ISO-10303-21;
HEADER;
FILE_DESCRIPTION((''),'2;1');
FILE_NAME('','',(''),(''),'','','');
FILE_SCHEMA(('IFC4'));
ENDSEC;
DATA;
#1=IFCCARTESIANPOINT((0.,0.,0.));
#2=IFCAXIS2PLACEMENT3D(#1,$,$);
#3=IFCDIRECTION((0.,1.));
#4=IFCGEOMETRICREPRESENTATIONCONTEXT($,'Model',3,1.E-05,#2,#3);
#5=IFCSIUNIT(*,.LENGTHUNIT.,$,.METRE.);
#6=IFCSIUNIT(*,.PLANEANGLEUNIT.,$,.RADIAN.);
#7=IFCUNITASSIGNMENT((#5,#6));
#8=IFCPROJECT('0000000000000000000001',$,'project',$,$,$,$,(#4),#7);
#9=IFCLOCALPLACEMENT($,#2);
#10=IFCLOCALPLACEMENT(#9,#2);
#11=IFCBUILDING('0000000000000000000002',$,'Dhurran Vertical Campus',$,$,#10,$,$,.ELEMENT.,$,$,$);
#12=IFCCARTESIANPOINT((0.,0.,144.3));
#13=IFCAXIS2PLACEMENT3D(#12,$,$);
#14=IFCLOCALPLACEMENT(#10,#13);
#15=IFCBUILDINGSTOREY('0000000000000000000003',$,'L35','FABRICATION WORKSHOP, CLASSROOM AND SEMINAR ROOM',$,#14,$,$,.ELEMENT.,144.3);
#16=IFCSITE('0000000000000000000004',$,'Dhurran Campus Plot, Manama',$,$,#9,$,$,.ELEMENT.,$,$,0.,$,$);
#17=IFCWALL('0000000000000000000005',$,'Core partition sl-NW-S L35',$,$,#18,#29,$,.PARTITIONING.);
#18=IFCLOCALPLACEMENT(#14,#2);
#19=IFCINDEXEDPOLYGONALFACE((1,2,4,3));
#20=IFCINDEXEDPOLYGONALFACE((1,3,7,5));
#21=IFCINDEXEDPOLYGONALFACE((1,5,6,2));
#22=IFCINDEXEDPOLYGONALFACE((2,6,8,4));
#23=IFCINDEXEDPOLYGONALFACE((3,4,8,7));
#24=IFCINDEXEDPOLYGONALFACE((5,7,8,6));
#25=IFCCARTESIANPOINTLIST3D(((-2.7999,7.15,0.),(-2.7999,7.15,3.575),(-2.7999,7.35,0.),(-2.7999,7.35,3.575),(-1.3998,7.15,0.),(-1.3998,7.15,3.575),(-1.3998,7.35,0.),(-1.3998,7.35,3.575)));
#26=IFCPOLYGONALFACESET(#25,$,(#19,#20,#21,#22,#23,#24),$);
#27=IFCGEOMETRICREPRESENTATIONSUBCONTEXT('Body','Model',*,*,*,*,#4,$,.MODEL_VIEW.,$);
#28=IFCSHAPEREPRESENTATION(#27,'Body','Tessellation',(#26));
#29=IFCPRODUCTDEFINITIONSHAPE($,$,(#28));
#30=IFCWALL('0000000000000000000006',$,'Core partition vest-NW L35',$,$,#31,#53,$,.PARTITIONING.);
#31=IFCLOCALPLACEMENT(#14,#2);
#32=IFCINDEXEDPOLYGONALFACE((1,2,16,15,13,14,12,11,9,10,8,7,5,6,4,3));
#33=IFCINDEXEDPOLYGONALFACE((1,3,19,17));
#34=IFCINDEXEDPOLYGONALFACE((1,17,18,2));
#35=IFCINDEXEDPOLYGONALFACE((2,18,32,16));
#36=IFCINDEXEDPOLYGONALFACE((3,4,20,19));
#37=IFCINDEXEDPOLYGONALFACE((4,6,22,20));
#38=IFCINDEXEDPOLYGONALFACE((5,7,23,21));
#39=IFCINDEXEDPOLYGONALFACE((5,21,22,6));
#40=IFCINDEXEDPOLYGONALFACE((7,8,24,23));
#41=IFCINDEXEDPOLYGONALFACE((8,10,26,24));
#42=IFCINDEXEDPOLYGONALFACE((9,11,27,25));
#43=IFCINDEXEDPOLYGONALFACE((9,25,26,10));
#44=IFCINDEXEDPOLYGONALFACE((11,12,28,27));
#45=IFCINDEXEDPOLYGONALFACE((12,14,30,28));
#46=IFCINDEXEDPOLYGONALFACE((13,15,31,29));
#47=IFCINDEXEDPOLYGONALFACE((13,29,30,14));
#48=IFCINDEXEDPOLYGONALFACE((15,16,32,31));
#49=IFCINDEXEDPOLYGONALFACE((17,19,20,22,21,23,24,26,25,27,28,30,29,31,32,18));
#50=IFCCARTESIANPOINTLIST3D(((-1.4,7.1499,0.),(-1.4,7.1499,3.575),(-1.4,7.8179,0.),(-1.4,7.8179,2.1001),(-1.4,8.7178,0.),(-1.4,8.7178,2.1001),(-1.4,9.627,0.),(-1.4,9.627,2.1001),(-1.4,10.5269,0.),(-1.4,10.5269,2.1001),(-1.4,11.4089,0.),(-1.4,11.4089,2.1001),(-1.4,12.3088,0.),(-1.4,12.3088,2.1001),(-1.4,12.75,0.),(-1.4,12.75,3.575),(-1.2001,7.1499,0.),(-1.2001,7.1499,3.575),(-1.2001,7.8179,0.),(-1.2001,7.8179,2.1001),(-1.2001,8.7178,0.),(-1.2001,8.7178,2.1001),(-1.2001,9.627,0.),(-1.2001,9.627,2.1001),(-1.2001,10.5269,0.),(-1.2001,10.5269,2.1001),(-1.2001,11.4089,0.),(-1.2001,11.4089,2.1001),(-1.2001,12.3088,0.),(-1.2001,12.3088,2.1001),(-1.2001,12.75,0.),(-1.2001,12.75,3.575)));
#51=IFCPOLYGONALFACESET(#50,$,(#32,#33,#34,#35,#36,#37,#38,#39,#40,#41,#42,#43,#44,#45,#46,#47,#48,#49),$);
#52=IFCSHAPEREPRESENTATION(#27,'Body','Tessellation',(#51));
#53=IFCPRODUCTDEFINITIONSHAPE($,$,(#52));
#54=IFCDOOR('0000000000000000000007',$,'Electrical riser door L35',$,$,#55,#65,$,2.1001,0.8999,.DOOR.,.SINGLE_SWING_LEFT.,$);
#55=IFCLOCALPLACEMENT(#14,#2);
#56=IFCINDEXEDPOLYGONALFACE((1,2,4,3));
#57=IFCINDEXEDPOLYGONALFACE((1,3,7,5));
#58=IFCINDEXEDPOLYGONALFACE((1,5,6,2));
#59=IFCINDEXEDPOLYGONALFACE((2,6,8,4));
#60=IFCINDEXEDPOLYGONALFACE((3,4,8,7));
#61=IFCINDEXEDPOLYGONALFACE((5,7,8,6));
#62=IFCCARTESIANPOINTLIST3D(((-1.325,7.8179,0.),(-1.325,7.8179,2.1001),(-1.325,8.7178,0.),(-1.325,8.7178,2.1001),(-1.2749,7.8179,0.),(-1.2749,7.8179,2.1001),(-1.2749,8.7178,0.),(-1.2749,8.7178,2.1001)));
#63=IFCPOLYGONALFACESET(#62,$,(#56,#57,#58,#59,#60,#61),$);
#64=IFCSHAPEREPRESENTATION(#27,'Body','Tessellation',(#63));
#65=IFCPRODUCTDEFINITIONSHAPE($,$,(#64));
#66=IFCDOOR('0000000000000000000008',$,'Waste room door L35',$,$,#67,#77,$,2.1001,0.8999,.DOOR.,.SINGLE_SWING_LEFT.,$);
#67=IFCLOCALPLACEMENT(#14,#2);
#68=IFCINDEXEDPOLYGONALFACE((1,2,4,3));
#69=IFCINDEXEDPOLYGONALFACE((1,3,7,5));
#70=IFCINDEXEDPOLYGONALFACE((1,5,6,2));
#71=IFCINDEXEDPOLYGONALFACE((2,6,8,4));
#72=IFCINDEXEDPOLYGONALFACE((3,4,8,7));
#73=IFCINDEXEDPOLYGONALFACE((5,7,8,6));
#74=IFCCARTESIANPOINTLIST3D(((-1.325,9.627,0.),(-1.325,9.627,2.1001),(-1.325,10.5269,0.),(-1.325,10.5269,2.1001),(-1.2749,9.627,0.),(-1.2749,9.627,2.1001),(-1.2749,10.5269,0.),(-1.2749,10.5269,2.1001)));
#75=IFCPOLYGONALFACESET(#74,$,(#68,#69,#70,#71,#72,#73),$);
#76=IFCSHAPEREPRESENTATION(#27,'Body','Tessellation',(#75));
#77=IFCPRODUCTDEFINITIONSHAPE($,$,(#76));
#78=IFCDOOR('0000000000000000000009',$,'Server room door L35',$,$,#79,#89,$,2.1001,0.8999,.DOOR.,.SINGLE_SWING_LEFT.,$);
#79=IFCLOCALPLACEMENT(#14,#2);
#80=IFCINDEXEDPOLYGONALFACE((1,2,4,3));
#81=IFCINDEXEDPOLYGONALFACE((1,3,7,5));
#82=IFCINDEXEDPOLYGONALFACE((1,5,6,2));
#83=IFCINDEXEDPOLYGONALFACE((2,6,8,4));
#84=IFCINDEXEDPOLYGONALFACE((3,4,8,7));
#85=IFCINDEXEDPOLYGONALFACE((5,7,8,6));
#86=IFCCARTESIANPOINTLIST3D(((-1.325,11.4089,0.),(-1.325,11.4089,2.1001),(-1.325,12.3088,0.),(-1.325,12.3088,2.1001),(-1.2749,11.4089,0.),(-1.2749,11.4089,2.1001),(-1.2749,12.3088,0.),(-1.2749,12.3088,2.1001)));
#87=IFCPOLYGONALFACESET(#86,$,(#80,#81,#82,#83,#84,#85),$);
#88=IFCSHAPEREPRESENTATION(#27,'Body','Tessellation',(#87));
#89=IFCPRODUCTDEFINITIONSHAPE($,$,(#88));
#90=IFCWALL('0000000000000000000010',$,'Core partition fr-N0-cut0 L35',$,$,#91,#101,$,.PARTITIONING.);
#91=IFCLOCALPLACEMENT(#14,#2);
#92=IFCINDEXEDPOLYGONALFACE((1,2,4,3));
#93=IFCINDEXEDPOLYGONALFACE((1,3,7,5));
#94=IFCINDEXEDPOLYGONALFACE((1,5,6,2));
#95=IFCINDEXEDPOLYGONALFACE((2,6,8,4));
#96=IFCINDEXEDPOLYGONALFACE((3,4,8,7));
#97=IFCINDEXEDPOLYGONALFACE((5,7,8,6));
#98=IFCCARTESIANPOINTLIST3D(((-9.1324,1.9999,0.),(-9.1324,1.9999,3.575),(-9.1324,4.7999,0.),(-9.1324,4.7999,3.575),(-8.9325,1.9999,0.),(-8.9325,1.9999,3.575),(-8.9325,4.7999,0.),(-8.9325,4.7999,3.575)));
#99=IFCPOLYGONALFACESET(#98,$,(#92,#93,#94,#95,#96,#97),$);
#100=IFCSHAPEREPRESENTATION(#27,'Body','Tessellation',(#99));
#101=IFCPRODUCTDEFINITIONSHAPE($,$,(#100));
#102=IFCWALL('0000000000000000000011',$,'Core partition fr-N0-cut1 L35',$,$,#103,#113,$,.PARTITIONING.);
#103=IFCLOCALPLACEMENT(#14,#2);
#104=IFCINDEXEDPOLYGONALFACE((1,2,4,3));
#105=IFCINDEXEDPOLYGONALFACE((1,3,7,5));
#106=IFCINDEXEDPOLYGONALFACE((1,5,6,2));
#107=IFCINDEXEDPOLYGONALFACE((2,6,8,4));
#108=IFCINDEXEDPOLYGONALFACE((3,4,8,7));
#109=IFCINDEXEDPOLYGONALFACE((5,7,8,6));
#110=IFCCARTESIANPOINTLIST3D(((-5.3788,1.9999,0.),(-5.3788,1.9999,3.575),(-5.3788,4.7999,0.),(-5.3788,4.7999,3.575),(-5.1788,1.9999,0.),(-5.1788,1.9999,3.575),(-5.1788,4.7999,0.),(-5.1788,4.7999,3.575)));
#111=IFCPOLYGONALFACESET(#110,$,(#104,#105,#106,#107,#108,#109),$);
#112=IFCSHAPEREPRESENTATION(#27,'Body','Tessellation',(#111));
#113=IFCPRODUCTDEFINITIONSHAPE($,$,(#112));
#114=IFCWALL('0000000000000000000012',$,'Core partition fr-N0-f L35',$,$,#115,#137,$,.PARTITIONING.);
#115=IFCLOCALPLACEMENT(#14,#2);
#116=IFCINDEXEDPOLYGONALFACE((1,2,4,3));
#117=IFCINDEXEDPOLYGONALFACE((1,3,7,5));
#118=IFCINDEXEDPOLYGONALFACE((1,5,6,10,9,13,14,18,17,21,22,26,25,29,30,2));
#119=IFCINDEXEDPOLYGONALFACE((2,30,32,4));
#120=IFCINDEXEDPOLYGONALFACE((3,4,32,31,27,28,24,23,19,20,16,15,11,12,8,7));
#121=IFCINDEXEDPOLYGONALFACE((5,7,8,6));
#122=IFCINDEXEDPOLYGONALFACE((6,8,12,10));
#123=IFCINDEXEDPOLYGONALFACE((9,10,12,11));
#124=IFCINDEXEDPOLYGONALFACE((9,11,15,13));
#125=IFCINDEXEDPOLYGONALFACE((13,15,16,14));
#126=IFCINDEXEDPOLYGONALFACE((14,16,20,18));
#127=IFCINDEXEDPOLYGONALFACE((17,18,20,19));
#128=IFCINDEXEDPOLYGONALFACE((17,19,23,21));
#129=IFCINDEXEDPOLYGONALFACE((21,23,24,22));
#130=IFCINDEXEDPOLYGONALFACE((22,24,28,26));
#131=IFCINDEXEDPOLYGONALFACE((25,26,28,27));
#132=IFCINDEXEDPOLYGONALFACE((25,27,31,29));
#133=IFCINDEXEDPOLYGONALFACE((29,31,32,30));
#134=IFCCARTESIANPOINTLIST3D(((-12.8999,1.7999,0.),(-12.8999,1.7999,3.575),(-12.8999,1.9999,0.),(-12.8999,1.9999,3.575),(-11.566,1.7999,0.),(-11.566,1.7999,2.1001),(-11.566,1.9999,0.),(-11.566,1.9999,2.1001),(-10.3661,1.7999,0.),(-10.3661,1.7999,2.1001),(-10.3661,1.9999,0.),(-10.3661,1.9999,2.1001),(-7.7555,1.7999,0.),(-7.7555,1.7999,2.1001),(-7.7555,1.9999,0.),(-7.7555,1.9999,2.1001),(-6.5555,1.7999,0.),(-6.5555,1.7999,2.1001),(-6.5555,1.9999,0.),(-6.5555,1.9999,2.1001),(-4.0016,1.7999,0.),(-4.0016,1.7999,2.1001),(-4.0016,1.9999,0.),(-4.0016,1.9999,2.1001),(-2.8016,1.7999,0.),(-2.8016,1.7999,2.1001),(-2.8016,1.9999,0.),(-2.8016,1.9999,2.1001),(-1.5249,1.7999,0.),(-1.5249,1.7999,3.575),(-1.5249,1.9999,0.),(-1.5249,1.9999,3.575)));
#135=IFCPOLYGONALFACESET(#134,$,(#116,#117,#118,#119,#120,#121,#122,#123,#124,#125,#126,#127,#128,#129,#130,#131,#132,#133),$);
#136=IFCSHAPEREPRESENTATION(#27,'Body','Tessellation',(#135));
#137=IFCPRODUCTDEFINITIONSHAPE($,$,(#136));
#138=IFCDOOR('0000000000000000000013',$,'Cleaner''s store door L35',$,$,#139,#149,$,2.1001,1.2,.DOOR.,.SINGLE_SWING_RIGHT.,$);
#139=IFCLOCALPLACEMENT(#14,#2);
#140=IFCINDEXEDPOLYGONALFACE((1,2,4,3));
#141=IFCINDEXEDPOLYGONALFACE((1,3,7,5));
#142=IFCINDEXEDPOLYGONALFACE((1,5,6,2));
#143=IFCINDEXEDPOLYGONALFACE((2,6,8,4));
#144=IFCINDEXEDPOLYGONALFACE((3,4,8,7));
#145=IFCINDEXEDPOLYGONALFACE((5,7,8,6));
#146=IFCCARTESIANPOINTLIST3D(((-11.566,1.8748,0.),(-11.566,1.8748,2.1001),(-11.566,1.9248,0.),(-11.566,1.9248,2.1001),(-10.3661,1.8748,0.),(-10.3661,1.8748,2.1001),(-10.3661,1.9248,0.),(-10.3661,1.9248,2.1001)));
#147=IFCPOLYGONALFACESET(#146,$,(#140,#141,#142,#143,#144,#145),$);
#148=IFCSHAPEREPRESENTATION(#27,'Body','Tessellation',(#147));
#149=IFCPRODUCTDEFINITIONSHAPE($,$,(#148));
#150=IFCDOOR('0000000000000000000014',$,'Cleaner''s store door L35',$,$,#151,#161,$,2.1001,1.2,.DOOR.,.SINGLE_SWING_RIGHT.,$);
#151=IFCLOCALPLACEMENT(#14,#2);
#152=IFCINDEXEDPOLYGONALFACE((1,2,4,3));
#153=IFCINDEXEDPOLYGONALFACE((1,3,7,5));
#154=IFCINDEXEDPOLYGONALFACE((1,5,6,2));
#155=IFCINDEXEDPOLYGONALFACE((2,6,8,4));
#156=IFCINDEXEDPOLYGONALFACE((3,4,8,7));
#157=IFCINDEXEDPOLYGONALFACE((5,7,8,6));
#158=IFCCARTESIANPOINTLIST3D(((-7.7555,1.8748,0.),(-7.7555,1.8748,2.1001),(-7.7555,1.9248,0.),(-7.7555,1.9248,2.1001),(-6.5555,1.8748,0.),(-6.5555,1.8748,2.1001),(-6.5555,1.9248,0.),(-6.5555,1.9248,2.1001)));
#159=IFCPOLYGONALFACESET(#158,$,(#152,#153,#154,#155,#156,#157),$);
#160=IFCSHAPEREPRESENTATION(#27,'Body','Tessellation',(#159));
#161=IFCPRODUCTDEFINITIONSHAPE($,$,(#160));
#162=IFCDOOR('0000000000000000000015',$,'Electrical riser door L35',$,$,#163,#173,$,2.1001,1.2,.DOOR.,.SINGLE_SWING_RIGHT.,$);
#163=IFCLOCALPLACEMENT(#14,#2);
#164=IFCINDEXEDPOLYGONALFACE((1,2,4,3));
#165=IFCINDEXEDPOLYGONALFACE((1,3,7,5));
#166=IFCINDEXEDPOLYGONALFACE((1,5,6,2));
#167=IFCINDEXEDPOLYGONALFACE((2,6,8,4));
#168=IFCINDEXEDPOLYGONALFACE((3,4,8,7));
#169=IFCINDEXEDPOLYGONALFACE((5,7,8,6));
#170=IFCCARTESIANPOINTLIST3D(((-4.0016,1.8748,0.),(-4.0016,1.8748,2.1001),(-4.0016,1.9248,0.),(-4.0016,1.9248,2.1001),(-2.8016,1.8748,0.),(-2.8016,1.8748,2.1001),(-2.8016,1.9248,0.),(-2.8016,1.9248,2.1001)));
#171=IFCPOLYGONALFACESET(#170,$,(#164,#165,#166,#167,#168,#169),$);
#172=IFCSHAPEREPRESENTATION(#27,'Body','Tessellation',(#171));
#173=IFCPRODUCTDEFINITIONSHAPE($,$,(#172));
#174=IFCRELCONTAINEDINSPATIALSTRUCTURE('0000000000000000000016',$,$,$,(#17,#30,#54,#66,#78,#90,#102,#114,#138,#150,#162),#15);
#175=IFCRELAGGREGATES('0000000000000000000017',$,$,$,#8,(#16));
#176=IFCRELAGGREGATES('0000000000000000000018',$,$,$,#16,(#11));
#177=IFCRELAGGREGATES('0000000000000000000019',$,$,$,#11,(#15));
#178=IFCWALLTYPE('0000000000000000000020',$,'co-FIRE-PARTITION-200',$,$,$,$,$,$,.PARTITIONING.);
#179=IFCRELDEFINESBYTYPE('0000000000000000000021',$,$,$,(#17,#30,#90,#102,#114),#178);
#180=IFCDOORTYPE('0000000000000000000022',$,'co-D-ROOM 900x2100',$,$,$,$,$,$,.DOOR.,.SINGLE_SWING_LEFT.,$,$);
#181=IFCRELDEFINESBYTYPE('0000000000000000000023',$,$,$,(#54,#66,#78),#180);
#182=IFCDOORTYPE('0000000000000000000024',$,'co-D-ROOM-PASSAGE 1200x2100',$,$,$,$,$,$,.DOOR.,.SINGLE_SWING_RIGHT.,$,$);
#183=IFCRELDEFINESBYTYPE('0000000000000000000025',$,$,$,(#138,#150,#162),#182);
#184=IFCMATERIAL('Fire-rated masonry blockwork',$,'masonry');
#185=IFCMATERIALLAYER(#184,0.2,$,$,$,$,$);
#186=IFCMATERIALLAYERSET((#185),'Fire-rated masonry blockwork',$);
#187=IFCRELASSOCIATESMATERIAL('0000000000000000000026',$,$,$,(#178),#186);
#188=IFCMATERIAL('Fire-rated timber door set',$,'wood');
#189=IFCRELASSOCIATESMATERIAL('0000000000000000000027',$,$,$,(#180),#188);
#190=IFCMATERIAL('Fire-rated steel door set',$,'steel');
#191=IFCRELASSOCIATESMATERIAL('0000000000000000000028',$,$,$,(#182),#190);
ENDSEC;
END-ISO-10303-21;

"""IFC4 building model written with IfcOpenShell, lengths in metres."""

from ifc_helpers import new_model, si_unit, direction, frame, frame_2d, origin, place, context, subcontext, project, spatial, rectangle, extrude, material, layer, layer_set, type_object, element, fill, save


model = new_model("IFC4")

# Units and contexts
model_context = context("Model", 3, precision=1e-05, world=origin(), true_north=direction((0.0, 1.0)))
body_context = subcontext(model_context, "Body", "Model", "MODEL_VIEW")
ifc_project = project(units=[si_unit("LENGTHUNIT", "METRE"), si_unit("PLANEANGLEUNIT", "RADIAN")], contexts=[model_context])

# Site, building, storey
site_placement = place(None, origin())
site = spatial("IfcSite", under=ifc_project, at=site_placement, Name="Dhurran Campus Plot, Manama", CompositionType="ELEMENT", RefElevation=0.0)
building_placement = place(site_placement, origin())
building = spatial("IfcBuilding", under=site, at=building_placement, Name="Dhurran Vertical Campus", CompositionType="ELEMENT")
storey_placement = place(building_placement, frame((0.0, 0.0, 144.3)))
storey = spatial("IfcBuildingStorey", under=building, at=storey_placement, Name="L35", Description="FABRICATION WORKSHOP, CLASSROOM AND SEMINAR ROOM", CompositionType="ELEMENT", Elevation=144.3)

# Wall
ifc_material_1 = material(Name="Fire-rated masonry blockwork", Category="masonry")
ifc_layer_1 = layer(ifc_material_1, 0.2)
ifc_layer_set_1 = layer_set([ifc_layer_1], Name="Fire-rated masonry blockwork")
wall_type_1 = type_object("IfcWallType", Name="co-FIRE-PARTITION-200", PredefinedType="PARTITIONING", material=ifc_layer_set_1)
wall_1_placement = place(storey_placement, frame((-2.8, 7.25, 0.0), z_axis=(0.0, 0.0, 1.0), x_axis=(1.0, 0.0, 0.0)))
element("IfcWall", 1, at=wall_1_placement, inside=storey, type_object=wall_type_1, Name="Core partition sl-NW-S L35", PredefinedType="PARTITIONING", context=body_context, shape_type="SweptSolid", body=[
    extrude(rectangle(XDim=1.4001, YDim=0.2, at=frame_2d((0.7002, 0.0))), origin(), (0.0, 0.0, 1.0), 3.575),
])

# Wall, openings, doors
wall_2_placement = place(storey_placement, frame((-1.3, 7.1499, 0.0), z_axis=(0.0, 0.0, 1.0), x_axis=(0.0, 1.0, 0.0)))
wall_2 = element("IfcWall", 2, at=wall_2_placement, inside=storey, type_object=wall_type_1, Name="Core partition vest-NW L35", PredefinedType="PARTITIONING", context=body_context, shape_type="SweptSolid", body=[
    extrude(rectangle(XDim=5.6001, YDim=0.2, at=frame_2d((2.8, 0.0))), origin(), (0.0, 0.0, 1.0), 3.575),
])
opening_1_placement = place(wall_2_placement, frame((0.668, 0.0, 0.0)))
opening_1 = element("IfcOpeningElement", 3, at=opening_1_placement, cuts=wall_2, PredefinedType="OPENING", context=body_context, shape_type="SweptSolid", body=[
    extrude(rectangle(XDim=0.8999, YDim=2.1001, at=frame_2d((0.45, 1.05))), frame((0.0, 0.1099, 0.0), z_axis=(0.0, -1.0, 0.0), x_axis=(1.0, 0.0, 0.0)), (0.0, 0.0, 1.0), 0.22),
])
opening_2_placement = place(wall_2_placement, frame((2.4771, 0.0, 0.0)))
opening_2 = element("IfcOpeningElement", 4, at=opening_2_placement, cuts=wall_2, PredefinedType="OPENING", context=body_context, shape_type="SweptSolid", body=[
    extrude(rectangle(XDim=0.8999, YDim=2.1001, at=frame_2d((0.45, 1.05))), frame((0.0, 0.1099, 0.0), z_axis=(0.0, -1.0, 0.0), x_axis=(1.0, 0.0, 0.0)), (0.0, 0.0, 1.0), 0.22),
])
opening_3_placement = place(wall_2_placement, frame((4.259, 0.0, 0.0)))
opening_3 = element("IfcOpeningElement", 5, at=opening_3_placement, cuts=wall_2, PredefinedType="OPENING", context=body_context, shape_type="SweptSolid", body=[
    extrude(rectangle(XDim=0.8999, YDim=2.1001, at=frame_2d((0.45, 1.05))), frame((0.0, 0.1099, 0.0), z_axis=(0.0, -1.0, 0.0), x_axis=(1.0, 0.0, 0.0)), (0.0, 0.0, 1.0), 0.22),
])
ifc_material_2 = material(Name="Fire-rated timber door set", Category="wood")
door_type_1 = type_object("IfcDoorType", Name="co-D-ROOM 900x2100", OperationType="SINGLE_SWING_LEFT", PredefinedType="DOOR", material=ifc_material_2)
door_1_placement = place(opening_1_placement, origin())
door_1 = element("IfcDoor", 6, at=door_1_placement, inside=storey, type_object=door_type_1, Name="Electrical riser door L35", OperationType="SINGLE_SWING_LEFT", OverallHeight=2.1001, OverallWidth=0.8999, PredefinedType="DOOR", context=body_context, shape_type="SweptSolid", body=[
    extrude(rectangle(XDim=0.8999, YDim=2.1001, at=frame_2d((0.45, 1.05))), frame((0.0, 0.0249, 0.0), z_axis=(0.0, -1.0, 0.0), x_axis=(1.0, 0.0, 0.0)), (0.0, 0.0, 1.0), 0.05),
])
fill(opening_1, door_1)
door_2_placement = place(opening_2_placement, origin())
door_2 = element("IfcDoor", 7, at=door_2_placement, inside=storey, type_object=door_type_1, Name="Waste room door L35", OperationType="SINGLE_SWING_LEFT", OverallHeight=2.1001, OverallWidth=0.8999, PredefinedType="DOOR", context=body_context, shape_type="SweptSolid", body=[
    extrude(rectangle(XDim=0.8999, YDim=2.1001, at=frame_2d((0.45, 1.05))), frame((0.0, 0.0249, 0.0), z_axis=(0.0, -1.0, 0.0), x_axis=(1.0, 0.0, 0.0)), (0.0, 0.0, 1.0), 0.05),
])
fill(opening_2, door_2)
door_3_placement = place(opening_3_placement, origin())
door_3 = element("IfcDoor", 8, at=door_3_placement, inside=storey, type_object=door_type_1, Name="Server room door L35", OperationType="SINGLE_SWING_LEFT", OverallHeight=2.1001, OverallWidth=0.8999, PredefinedType="DOOR", context=body_context, shape_type="SweptSolid", body=[
    extrude(rectangle(XDim=0.8999, YDim=2.1001, at=frame_2d((0.45, 1.05))), frame((0.0, 0.0249, 0.0), z_axis=(0.0, -1.0, 0.0), x_axis=(1.0, 0.0, 0.0)), (0.0, 0.0, 1.0), 0.05),
])
fill(opening_3, door_3)

# Walls
for number, where, z_axis, x_axis, name in (
    (9, (-9.0325, 2.0, 0.0), (0.0, 0.0, 1.0), (0.0, 1.0, 0.0), "Core partition fr-N0-cut0 L35"),
    (10, (-5.2788, 2.0, 0.0), (0.0, 0.0, 1.0), (0.0, 1.0, 0.0), "Core partition fr-N0-cut1 L35"),
):
    element("IfcWall", number, at=place(storey_placement, frame(where, z_axis=z_axis, x_axis=x_axis)), inside=storey, type_object=wall_type_1, Name=name, PredefinedType="PARTITIONING", context=body_context, shape_type="SweptSolid", body=[
        extrude(rectangle(XDim=2.8, YDim=0.2, at=frame_2d((1.3999, 0.0))), origin(), (0.0, 0.0, 1.0), 3.575),
    ])

# Wall, openings, doors
wall_3_placement = place(storey_placement, frame((-12.8999, 1.8999, 0.0), z_axis=(0.0, 0.0, 1.0), x_axis=(1.0, 0.0, 0.0)))
wall_3 = element("IfcWall", 11, at=wall_3_placement, inside=storey, type_object=wall_type_1, Name="Core partition fr-N0-f L35", PredefinedType="PARTITIONING", context=body_context, shape_type="SweptSolid", body=[
    extrude(rectangle(XDim=11.375, YDim=0.2, at=frame_2d((5.6875, 0.0))), origin(), (0.0, 0.0, 1.0), 3.575),
])
opening_4_placement = place(wall_3_placement, frame((1.3337, 0.0, 0.0)))
opening_4 = element("IfcOpeningElement", 12, at=opening_4_placement, cuts=wall_3, PredefinedType="OPENING", context=body_context, shape_type="SweptSolid", body=[
    extrude(rectangle(XDim=1.2, YDim=2.1001, at=frame_2d((0.6001, 1.05))), frame((0.0, 0.1099, 0.0), z_axis=(0.0, -1.0, 0.0), x_axis=(1.0, 0.0, 0.0)), (0.0, 0.0, 1.0), 0.22),
])
opening_5_placement = place(wall_3_placement, frame((5.1443, 0.0, 0.0)))
opening_5 = element("IfcOpeningElement", 13, at=opening_5_placement, cuts=wall_3, PredefinedType="OPENING", context=body_context, shape_type="SweptSolid", body=[
    extrude(rectangle(XDim=1.2, YDim=2.1001, at=frame_2d((0.6001, 1.05))), frame((0.0, 0.1099, 0.0), z_axis=(0.0, -1.0, 0.0), x_axis=(1.0, 0.0, 0.0)), (0.0, 0.0, 1.0), 0.22),
])
opening_6_placement = place(wall_3_placement, frame((8.8982, 0.0, 0.0)))
opening_6 = element("IfcOpeningElement", 14, at=opening_6_placement, cuts=wall_3, PredefinedType="OPENING", context=body_context, shape_type="SweptSolid", body=[
    extrude(rectangle(XDim=1.2, YDim=2.1001, at=frame_2d((0.6001, 1.05))), frame((0.0, 0.1099, 0.0), z_axis=(0.0, -1.0, 0.0), x_axis=(1.0, 0.0, 0.0)), (0.0, 0.0, 1.0), 0.22),
])
ifc_material_3 = material(Name="Fire-rated steel door set", Category="steel")
door_type_2 = type_object("IfcDoorType", Name="co-D-ROOM-PASSAGE 1200x2100", OperationType="SINGLE_SWING_RIGHT", PredefinedType="DOOR", material=ifc_material_3)
door_4_placement = place(opening_4_placement, origin())
door_4 = element("IfcDoor", 15, at=door_4_placement, inside=storey, type_object=door_type_2, Name="Cleaner's store door L35", OperationType="SINGLE_SWING_RIGHT", OverallHeight=2.1001, OverallWidth=1.2, PredefinedType="DOOR", context=body_context, shape_type="SweptSolid", body=[
    extrude(rectangle(XDim=1.2, YDim=2.1001, at=frame_2d((0.6001, 1.05))), frame((0.0, 0.0249, 0.0), z_axis=(0.0, -1.0, 0.0), x_axis=(1.0, 0.0, 0.0)), (0.0, 0.0, 1.0), 0.05),
])
fill(opening_4, door_4)
door_5_placement = place(opening_5_placement, origin())
door_5 = element("IfcDoor", 16, at=door_5_placement, inside=storey, type_object=door_type_2, Name="Cleaner's store door L35", OperationType="SINGLE_SWING_RIGHT", OverallHeight=2.1001, OverallWidth=1.2, PredefinedType="DOOR", context=body_context, shape_type="SweptSolid", body=[
    extrude(rectangle(XDim=1.2, YDim=2.1001, at=frame_2d((0.6001, 1.05))), frame((0.0, 0.0249, 0.0), z_axis=(0.0, -1.0, 0.0), x_axis=(1.0, 0.0, 0.0)), (0.0, 0.0, 1.0), 0.05),
])
fill(opening_5, door_5)
door_6_placement = place(opening_6_placement, origin())
door_6 = element("IfcDoor", 17, at=door_6_placement, inside=storey, type_object=door_type_2, Name="Electrical riser door L35", OperationType="SINGLE_SWING_RIGHT", OverallHeight=2.1001, OverallWidth=1.2, PredefinedType="DOOR", context=body_context, shape_type="SweptSolid", body=[
    extrude(rectangle(XDim=1.2, YDim=2.1001, at=frame_2d((0.6001, 1.05))), frame((0.0, 0.0249, 0.0), z_axis=(0.0, -1.0, 0.0), x_axis=(1.0, 0.0, 0.0)), (0.0, 0.0, 1.0), 0.05),
])
fill(opening_6, door_6)

save(model, "model.ifc")
